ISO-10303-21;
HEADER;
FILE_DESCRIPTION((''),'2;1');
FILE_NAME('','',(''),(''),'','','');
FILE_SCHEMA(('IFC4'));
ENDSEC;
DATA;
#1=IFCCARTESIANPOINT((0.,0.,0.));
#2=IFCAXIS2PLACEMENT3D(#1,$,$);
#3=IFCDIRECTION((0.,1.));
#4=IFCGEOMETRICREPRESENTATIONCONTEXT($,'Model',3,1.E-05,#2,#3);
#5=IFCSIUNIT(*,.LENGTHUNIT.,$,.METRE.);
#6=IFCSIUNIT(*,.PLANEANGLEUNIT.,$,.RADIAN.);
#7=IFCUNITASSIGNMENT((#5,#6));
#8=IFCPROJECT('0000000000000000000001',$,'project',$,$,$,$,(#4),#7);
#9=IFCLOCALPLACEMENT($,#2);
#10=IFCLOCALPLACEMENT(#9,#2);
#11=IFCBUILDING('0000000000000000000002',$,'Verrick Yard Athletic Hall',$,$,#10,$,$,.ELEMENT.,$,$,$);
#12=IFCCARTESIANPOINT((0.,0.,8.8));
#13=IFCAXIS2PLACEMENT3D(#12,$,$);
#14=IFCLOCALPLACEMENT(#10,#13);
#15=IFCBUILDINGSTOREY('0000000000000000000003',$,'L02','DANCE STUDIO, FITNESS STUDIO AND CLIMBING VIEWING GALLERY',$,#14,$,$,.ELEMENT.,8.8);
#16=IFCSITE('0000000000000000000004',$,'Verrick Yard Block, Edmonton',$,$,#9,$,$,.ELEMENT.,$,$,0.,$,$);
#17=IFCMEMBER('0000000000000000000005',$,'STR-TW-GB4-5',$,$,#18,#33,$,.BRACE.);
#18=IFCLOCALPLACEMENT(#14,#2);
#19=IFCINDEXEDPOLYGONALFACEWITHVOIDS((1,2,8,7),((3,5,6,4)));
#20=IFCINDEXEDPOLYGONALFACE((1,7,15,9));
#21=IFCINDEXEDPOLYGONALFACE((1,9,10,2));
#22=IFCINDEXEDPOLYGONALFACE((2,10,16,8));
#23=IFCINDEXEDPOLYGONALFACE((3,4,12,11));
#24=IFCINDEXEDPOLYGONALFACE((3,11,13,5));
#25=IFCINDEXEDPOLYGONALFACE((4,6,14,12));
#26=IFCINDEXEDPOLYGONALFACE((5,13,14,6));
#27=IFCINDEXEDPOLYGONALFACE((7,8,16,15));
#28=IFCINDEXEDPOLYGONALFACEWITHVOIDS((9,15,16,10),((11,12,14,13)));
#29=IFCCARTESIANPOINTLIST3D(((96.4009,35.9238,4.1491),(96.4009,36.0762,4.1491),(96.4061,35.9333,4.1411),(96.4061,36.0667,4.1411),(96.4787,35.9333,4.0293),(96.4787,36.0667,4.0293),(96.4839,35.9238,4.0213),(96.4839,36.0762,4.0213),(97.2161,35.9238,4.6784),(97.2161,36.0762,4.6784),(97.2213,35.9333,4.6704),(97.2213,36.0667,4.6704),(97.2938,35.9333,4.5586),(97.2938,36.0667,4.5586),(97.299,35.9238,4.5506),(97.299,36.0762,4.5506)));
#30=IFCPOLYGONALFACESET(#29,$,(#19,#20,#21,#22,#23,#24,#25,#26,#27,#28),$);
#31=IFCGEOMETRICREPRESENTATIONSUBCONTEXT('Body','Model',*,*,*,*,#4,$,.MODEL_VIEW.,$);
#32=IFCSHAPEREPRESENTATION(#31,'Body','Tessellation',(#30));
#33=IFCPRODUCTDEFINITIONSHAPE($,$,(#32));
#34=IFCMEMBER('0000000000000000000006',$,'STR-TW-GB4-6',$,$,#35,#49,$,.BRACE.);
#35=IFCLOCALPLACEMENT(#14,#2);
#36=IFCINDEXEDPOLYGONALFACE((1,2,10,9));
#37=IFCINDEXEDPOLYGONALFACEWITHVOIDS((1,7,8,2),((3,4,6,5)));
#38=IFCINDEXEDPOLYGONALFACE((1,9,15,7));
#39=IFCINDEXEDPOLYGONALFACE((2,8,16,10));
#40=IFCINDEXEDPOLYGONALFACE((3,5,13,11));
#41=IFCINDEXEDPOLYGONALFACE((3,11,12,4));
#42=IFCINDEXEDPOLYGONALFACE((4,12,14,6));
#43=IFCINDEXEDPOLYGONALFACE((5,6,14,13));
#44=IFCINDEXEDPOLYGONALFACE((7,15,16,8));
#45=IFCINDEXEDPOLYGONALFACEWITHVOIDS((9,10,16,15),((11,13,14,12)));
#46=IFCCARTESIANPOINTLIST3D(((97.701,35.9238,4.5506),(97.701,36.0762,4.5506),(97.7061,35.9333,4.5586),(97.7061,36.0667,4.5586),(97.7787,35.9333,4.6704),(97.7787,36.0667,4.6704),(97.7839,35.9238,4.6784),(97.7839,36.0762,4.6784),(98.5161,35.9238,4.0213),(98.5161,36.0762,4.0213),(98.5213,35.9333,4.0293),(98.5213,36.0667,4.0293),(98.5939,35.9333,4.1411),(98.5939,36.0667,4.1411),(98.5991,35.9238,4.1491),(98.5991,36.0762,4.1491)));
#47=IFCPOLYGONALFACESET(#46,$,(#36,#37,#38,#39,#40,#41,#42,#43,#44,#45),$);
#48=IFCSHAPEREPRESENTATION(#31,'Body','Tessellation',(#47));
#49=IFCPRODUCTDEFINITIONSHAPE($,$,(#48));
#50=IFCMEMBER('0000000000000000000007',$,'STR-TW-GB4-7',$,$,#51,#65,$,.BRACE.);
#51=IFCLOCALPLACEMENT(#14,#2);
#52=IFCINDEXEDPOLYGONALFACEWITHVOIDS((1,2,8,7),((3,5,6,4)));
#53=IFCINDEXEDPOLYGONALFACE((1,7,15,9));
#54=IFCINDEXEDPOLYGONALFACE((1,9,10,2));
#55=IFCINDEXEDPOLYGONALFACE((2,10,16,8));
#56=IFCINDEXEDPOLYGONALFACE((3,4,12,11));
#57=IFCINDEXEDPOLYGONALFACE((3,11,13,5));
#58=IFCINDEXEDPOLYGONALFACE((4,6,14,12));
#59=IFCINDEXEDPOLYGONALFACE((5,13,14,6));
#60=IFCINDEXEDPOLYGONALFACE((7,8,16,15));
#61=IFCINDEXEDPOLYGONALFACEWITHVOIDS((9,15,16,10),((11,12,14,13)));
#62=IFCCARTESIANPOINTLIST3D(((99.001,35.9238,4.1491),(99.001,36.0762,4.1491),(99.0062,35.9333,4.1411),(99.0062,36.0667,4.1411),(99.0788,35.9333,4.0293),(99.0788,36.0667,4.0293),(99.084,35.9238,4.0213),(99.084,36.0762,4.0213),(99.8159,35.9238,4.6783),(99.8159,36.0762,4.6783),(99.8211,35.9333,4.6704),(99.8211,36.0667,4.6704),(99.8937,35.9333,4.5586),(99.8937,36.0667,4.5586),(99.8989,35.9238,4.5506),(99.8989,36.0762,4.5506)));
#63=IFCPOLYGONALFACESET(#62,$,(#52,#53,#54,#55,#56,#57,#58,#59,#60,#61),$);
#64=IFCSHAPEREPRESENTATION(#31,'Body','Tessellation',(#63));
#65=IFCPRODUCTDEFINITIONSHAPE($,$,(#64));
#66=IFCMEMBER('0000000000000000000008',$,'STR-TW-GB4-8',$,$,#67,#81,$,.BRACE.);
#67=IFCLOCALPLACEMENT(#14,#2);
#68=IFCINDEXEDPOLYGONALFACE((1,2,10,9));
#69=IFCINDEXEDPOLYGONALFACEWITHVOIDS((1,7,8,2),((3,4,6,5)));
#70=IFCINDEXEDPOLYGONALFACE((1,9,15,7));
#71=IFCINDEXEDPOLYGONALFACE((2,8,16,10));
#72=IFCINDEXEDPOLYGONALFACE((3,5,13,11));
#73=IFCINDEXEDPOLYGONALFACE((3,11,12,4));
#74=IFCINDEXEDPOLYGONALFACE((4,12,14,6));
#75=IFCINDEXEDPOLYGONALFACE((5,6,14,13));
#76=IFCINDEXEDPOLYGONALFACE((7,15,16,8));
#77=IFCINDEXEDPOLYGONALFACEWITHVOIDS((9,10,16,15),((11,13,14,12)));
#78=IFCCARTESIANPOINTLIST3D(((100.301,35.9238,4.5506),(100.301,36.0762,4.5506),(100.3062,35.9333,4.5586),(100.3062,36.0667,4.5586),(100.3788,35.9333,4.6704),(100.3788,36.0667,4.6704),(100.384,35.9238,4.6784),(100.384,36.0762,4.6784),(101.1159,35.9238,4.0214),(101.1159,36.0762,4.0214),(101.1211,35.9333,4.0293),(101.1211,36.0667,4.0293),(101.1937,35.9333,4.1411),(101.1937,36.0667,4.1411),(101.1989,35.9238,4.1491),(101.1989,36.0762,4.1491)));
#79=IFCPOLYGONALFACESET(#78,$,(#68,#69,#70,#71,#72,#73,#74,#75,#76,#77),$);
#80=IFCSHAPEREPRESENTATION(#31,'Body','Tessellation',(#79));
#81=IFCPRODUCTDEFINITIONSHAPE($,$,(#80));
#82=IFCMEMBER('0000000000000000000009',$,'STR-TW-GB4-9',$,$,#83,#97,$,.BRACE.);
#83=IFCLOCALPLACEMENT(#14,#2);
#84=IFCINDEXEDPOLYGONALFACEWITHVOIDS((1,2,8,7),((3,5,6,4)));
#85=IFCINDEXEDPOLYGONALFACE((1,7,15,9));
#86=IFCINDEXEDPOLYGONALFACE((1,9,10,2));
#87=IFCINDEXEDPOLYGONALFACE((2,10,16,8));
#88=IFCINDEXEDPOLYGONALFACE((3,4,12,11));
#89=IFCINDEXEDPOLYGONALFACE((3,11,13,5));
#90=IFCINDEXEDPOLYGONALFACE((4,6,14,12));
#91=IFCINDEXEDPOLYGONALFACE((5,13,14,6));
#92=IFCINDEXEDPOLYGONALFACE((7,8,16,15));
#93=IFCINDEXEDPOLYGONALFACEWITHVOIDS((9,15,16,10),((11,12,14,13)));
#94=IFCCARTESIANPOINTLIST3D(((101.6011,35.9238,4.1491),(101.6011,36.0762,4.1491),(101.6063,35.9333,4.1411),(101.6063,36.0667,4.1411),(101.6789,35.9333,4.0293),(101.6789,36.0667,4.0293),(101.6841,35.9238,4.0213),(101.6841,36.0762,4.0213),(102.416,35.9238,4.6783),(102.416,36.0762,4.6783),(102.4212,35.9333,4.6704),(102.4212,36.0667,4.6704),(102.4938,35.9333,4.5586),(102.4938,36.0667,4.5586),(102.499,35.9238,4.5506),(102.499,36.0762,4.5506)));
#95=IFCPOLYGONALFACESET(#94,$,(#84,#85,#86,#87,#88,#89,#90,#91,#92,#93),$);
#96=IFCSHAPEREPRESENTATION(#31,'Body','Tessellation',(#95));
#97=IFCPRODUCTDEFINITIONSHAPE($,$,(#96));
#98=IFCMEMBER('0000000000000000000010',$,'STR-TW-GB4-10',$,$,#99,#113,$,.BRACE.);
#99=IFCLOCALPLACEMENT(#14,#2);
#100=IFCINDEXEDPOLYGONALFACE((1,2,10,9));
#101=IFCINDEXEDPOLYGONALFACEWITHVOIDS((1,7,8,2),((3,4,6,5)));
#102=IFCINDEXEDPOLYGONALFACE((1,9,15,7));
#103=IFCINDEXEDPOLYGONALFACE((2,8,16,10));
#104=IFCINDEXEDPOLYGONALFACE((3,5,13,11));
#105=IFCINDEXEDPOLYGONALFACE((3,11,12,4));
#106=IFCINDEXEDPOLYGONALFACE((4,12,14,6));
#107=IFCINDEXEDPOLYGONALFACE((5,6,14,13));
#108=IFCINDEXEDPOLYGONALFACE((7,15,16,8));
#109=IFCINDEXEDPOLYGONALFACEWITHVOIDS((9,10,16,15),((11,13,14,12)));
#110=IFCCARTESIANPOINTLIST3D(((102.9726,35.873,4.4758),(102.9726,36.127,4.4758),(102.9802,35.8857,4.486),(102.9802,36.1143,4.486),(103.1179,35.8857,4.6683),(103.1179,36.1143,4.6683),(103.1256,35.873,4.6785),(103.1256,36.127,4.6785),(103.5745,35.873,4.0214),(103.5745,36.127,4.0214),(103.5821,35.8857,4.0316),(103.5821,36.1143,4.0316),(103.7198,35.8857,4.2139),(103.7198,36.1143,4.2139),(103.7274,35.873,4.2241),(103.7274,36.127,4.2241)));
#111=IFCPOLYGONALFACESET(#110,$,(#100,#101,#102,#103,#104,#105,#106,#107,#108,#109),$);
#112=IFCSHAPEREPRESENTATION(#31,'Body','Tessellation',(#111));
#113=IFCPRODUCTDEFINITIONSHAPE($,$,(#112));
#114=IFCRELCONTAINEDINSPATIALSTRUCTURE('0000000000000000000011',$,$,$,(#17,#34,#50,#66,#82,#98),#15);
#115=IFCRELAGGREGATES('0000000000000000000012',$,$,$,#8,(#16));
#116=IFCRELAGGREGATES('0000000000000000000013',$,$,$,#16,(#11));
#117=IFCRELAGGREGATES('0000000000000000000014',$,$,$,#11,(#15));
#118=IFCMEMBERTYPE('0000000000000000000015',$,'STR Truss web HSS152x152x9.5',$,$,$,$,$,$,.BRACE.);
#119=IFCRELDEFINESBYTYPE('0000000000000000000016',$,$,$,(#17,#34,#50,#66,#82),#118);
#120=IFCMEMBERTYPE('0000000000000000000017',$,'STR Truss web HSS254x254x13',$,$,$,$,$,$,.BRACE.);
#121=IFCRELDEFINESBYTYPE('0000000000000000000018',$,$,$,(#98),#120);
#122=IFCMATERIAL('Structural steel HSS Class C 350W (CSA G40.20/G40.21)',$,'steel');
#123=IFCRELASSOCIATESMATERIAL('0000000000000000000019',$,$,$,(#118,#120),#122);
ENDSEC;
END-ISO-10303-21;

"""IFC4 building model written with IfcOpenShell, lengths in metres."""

from ifc_helpers import new_model, si_unit, direction, frame, origin, origin_2d, place, context, subcontext, project, spatial, hollow_rectangle, extrude, material, material_profile, profile_set, type_object, element, save


model = new_model("IFC4")

# Units and contexts
model_context = context("Model", 3, precision=1e-05, world=origin(), true_north=direction((0.0, 1.0)))
body_context = subcontext(model_context, "Body", "Model", "MODEL_VIEW")
ifc_project = project(units=[si_unit("LENGTHUNIT", "METRE"), si_unit("PLANEANGLEUNIT", "RADIAN")], contexts=[model_context])

# Site, building, storey
site_placement = place(None, origin())
site = spatial("IfcSite", under=ifc_project, at=site_placement, Name="Verrick Yard Block, Edmonton", CompositionType="ELEMENT", RefElevation=0.0)
building_placement = place(site_placement, origin())
building = spatial("IfcBuilding", under=site, at=building_placement, Name="Verrick Yard Athletic Hall", CompositionType="ELEMENT")
storey_placement = place(building_placement, frame((0.0, 0.0, 8.8)))
storey = spatial("IfcBuildingStorey", under=building, at=storey_placement, Name="L02", Description="DANCE STUDIO, FITNESS STUDIO AND CLIMBING VIEWING GALLERY", CompositionType="ELEMENT", Elevation=8.8)

# Shared definitions
ifc_material_1 = material(Name="Structural steel HSS Class C 350W (CSA G40.20/G40.21)", Category="steel")

# Members
ifc_material_profile_1 = material_profile(ifc_material_1, hollow_rectangle(XDim=0.1523, YDim=0.1523, WallThickness=0.0095, at=origin_2d()), Name="HSS152x152x9.5")
ifc_profile_set_1 = profile_set([ifc_material_profile_1], Name="Structural steel HSS Class C 350W (CSA G40.20/G40.21)")
member_type_1 = type_object("IfcMemberType", Name="STR Truss web HSS152x152x9.5", PredefinedType="BRACE", material=ifc_profile_set_1)
for number, where, z_axis, x_axis, name in (
    (1, (96.4424, 36.0, 4.0852), (0.838713, 0.0, 0.544573), (0.0, 1.0, 0.0), "STR-TW-GB4-5"),
    (2, (97.7424, 36.0, 4.6145), (0.838713, 0.0, -0.544573), (0.0, 1.0, 0.0), "STR-TW-GB4-6"),
):
    element("IfcMember", number, at=place(storey_placement, frame(where, z_axis=z_axis, x_axis=x_axis)), inside=storey, type_object=member_type_1, Name=name, PredefinedType="BRACE", context=body_context, shape_type="SweptSolid", body=[
        extrude(hollow_rectangle(XDim=0.1523, YDim=0.1523, WallThickness=0.0095, at=origin_2d()), origin(), (0.0, 0.0, 1.0), 0.9719),
    ])
for number, where, z_axis, x_axis, name in (
    (3, (99.0425, 36.0, 4.0852), (0.838639, 0.0, 0.544688), (0.0, 1.0, 0.0), "STR-TW-GB4-7"),
    (4, (100.3425, 36.0, 4.6145), (0.838639, 0.0, -0.544688), (0.0, 1.0, 0.0), "STR-TW-GB4-8"),
    (5, (101.6426, 36.0, 4.0852), (0.838639, 0.0, 0.544688), (0.0, 1.0, 0.0), "STR-TW-GB4-9"),
):
    element("IfcMember", number, at=place(storey_placement, frame(where, z_axis=z_axis, x_axis=x_axis)), inside=storey, type_object=member_type_1, Name=name, PredefinedType="BRACE", context=body_context, shape_type="SweptSolid", body=[
        extrude(hollow_rectangle(XDim=0.1523, YDim=0.1523, WallThickness=0.0095, at=origin_2d()), origin(), (0.0, 0.0, 1.0), 0.9717),
    ])
ifc_material_profile_2 = material_profile(ifc_material_1, hollow_rectangle(XDim=0.2539, YDim=0.2539, WallThickness=0.0127, at=origin_2d()), Name="HSS254x254x13")
ifc_profile_set_2 = profile_set([ifc_material_profile_2], Name="Structural steel HSS Class C 350W (CSA G40.20/G40.21)")
member_type_2 = type_object("IfcMemberType", Name="STR Truss web HSS254x254x13", PredefinedType="BRACE", material=ifc_profile_set_2)
member_1_placement = place(storey_placement, frame((103.0491, 36.0, 4.5771), z_axis=(0.798092, 0.0, -0.602535), x_axis=(0.0, 1.0, 0.0)))
element("IfcMember", 6, at=member_1_placement, inside=storey, type_object=member_type_2, Name="STR-TW-GB4-10", PredefinedType="BRACE", context=body_context, shape_type="SweptSolid", body=[
    extrude(hollow_rectangle(XDim=0.2539, YDim=0.2539, WallThickness=0.0127, at=origin_2d()), origin(), (0.0, 0.0, 1.0), 0.7542),
])

save(model, "model.ifc")
